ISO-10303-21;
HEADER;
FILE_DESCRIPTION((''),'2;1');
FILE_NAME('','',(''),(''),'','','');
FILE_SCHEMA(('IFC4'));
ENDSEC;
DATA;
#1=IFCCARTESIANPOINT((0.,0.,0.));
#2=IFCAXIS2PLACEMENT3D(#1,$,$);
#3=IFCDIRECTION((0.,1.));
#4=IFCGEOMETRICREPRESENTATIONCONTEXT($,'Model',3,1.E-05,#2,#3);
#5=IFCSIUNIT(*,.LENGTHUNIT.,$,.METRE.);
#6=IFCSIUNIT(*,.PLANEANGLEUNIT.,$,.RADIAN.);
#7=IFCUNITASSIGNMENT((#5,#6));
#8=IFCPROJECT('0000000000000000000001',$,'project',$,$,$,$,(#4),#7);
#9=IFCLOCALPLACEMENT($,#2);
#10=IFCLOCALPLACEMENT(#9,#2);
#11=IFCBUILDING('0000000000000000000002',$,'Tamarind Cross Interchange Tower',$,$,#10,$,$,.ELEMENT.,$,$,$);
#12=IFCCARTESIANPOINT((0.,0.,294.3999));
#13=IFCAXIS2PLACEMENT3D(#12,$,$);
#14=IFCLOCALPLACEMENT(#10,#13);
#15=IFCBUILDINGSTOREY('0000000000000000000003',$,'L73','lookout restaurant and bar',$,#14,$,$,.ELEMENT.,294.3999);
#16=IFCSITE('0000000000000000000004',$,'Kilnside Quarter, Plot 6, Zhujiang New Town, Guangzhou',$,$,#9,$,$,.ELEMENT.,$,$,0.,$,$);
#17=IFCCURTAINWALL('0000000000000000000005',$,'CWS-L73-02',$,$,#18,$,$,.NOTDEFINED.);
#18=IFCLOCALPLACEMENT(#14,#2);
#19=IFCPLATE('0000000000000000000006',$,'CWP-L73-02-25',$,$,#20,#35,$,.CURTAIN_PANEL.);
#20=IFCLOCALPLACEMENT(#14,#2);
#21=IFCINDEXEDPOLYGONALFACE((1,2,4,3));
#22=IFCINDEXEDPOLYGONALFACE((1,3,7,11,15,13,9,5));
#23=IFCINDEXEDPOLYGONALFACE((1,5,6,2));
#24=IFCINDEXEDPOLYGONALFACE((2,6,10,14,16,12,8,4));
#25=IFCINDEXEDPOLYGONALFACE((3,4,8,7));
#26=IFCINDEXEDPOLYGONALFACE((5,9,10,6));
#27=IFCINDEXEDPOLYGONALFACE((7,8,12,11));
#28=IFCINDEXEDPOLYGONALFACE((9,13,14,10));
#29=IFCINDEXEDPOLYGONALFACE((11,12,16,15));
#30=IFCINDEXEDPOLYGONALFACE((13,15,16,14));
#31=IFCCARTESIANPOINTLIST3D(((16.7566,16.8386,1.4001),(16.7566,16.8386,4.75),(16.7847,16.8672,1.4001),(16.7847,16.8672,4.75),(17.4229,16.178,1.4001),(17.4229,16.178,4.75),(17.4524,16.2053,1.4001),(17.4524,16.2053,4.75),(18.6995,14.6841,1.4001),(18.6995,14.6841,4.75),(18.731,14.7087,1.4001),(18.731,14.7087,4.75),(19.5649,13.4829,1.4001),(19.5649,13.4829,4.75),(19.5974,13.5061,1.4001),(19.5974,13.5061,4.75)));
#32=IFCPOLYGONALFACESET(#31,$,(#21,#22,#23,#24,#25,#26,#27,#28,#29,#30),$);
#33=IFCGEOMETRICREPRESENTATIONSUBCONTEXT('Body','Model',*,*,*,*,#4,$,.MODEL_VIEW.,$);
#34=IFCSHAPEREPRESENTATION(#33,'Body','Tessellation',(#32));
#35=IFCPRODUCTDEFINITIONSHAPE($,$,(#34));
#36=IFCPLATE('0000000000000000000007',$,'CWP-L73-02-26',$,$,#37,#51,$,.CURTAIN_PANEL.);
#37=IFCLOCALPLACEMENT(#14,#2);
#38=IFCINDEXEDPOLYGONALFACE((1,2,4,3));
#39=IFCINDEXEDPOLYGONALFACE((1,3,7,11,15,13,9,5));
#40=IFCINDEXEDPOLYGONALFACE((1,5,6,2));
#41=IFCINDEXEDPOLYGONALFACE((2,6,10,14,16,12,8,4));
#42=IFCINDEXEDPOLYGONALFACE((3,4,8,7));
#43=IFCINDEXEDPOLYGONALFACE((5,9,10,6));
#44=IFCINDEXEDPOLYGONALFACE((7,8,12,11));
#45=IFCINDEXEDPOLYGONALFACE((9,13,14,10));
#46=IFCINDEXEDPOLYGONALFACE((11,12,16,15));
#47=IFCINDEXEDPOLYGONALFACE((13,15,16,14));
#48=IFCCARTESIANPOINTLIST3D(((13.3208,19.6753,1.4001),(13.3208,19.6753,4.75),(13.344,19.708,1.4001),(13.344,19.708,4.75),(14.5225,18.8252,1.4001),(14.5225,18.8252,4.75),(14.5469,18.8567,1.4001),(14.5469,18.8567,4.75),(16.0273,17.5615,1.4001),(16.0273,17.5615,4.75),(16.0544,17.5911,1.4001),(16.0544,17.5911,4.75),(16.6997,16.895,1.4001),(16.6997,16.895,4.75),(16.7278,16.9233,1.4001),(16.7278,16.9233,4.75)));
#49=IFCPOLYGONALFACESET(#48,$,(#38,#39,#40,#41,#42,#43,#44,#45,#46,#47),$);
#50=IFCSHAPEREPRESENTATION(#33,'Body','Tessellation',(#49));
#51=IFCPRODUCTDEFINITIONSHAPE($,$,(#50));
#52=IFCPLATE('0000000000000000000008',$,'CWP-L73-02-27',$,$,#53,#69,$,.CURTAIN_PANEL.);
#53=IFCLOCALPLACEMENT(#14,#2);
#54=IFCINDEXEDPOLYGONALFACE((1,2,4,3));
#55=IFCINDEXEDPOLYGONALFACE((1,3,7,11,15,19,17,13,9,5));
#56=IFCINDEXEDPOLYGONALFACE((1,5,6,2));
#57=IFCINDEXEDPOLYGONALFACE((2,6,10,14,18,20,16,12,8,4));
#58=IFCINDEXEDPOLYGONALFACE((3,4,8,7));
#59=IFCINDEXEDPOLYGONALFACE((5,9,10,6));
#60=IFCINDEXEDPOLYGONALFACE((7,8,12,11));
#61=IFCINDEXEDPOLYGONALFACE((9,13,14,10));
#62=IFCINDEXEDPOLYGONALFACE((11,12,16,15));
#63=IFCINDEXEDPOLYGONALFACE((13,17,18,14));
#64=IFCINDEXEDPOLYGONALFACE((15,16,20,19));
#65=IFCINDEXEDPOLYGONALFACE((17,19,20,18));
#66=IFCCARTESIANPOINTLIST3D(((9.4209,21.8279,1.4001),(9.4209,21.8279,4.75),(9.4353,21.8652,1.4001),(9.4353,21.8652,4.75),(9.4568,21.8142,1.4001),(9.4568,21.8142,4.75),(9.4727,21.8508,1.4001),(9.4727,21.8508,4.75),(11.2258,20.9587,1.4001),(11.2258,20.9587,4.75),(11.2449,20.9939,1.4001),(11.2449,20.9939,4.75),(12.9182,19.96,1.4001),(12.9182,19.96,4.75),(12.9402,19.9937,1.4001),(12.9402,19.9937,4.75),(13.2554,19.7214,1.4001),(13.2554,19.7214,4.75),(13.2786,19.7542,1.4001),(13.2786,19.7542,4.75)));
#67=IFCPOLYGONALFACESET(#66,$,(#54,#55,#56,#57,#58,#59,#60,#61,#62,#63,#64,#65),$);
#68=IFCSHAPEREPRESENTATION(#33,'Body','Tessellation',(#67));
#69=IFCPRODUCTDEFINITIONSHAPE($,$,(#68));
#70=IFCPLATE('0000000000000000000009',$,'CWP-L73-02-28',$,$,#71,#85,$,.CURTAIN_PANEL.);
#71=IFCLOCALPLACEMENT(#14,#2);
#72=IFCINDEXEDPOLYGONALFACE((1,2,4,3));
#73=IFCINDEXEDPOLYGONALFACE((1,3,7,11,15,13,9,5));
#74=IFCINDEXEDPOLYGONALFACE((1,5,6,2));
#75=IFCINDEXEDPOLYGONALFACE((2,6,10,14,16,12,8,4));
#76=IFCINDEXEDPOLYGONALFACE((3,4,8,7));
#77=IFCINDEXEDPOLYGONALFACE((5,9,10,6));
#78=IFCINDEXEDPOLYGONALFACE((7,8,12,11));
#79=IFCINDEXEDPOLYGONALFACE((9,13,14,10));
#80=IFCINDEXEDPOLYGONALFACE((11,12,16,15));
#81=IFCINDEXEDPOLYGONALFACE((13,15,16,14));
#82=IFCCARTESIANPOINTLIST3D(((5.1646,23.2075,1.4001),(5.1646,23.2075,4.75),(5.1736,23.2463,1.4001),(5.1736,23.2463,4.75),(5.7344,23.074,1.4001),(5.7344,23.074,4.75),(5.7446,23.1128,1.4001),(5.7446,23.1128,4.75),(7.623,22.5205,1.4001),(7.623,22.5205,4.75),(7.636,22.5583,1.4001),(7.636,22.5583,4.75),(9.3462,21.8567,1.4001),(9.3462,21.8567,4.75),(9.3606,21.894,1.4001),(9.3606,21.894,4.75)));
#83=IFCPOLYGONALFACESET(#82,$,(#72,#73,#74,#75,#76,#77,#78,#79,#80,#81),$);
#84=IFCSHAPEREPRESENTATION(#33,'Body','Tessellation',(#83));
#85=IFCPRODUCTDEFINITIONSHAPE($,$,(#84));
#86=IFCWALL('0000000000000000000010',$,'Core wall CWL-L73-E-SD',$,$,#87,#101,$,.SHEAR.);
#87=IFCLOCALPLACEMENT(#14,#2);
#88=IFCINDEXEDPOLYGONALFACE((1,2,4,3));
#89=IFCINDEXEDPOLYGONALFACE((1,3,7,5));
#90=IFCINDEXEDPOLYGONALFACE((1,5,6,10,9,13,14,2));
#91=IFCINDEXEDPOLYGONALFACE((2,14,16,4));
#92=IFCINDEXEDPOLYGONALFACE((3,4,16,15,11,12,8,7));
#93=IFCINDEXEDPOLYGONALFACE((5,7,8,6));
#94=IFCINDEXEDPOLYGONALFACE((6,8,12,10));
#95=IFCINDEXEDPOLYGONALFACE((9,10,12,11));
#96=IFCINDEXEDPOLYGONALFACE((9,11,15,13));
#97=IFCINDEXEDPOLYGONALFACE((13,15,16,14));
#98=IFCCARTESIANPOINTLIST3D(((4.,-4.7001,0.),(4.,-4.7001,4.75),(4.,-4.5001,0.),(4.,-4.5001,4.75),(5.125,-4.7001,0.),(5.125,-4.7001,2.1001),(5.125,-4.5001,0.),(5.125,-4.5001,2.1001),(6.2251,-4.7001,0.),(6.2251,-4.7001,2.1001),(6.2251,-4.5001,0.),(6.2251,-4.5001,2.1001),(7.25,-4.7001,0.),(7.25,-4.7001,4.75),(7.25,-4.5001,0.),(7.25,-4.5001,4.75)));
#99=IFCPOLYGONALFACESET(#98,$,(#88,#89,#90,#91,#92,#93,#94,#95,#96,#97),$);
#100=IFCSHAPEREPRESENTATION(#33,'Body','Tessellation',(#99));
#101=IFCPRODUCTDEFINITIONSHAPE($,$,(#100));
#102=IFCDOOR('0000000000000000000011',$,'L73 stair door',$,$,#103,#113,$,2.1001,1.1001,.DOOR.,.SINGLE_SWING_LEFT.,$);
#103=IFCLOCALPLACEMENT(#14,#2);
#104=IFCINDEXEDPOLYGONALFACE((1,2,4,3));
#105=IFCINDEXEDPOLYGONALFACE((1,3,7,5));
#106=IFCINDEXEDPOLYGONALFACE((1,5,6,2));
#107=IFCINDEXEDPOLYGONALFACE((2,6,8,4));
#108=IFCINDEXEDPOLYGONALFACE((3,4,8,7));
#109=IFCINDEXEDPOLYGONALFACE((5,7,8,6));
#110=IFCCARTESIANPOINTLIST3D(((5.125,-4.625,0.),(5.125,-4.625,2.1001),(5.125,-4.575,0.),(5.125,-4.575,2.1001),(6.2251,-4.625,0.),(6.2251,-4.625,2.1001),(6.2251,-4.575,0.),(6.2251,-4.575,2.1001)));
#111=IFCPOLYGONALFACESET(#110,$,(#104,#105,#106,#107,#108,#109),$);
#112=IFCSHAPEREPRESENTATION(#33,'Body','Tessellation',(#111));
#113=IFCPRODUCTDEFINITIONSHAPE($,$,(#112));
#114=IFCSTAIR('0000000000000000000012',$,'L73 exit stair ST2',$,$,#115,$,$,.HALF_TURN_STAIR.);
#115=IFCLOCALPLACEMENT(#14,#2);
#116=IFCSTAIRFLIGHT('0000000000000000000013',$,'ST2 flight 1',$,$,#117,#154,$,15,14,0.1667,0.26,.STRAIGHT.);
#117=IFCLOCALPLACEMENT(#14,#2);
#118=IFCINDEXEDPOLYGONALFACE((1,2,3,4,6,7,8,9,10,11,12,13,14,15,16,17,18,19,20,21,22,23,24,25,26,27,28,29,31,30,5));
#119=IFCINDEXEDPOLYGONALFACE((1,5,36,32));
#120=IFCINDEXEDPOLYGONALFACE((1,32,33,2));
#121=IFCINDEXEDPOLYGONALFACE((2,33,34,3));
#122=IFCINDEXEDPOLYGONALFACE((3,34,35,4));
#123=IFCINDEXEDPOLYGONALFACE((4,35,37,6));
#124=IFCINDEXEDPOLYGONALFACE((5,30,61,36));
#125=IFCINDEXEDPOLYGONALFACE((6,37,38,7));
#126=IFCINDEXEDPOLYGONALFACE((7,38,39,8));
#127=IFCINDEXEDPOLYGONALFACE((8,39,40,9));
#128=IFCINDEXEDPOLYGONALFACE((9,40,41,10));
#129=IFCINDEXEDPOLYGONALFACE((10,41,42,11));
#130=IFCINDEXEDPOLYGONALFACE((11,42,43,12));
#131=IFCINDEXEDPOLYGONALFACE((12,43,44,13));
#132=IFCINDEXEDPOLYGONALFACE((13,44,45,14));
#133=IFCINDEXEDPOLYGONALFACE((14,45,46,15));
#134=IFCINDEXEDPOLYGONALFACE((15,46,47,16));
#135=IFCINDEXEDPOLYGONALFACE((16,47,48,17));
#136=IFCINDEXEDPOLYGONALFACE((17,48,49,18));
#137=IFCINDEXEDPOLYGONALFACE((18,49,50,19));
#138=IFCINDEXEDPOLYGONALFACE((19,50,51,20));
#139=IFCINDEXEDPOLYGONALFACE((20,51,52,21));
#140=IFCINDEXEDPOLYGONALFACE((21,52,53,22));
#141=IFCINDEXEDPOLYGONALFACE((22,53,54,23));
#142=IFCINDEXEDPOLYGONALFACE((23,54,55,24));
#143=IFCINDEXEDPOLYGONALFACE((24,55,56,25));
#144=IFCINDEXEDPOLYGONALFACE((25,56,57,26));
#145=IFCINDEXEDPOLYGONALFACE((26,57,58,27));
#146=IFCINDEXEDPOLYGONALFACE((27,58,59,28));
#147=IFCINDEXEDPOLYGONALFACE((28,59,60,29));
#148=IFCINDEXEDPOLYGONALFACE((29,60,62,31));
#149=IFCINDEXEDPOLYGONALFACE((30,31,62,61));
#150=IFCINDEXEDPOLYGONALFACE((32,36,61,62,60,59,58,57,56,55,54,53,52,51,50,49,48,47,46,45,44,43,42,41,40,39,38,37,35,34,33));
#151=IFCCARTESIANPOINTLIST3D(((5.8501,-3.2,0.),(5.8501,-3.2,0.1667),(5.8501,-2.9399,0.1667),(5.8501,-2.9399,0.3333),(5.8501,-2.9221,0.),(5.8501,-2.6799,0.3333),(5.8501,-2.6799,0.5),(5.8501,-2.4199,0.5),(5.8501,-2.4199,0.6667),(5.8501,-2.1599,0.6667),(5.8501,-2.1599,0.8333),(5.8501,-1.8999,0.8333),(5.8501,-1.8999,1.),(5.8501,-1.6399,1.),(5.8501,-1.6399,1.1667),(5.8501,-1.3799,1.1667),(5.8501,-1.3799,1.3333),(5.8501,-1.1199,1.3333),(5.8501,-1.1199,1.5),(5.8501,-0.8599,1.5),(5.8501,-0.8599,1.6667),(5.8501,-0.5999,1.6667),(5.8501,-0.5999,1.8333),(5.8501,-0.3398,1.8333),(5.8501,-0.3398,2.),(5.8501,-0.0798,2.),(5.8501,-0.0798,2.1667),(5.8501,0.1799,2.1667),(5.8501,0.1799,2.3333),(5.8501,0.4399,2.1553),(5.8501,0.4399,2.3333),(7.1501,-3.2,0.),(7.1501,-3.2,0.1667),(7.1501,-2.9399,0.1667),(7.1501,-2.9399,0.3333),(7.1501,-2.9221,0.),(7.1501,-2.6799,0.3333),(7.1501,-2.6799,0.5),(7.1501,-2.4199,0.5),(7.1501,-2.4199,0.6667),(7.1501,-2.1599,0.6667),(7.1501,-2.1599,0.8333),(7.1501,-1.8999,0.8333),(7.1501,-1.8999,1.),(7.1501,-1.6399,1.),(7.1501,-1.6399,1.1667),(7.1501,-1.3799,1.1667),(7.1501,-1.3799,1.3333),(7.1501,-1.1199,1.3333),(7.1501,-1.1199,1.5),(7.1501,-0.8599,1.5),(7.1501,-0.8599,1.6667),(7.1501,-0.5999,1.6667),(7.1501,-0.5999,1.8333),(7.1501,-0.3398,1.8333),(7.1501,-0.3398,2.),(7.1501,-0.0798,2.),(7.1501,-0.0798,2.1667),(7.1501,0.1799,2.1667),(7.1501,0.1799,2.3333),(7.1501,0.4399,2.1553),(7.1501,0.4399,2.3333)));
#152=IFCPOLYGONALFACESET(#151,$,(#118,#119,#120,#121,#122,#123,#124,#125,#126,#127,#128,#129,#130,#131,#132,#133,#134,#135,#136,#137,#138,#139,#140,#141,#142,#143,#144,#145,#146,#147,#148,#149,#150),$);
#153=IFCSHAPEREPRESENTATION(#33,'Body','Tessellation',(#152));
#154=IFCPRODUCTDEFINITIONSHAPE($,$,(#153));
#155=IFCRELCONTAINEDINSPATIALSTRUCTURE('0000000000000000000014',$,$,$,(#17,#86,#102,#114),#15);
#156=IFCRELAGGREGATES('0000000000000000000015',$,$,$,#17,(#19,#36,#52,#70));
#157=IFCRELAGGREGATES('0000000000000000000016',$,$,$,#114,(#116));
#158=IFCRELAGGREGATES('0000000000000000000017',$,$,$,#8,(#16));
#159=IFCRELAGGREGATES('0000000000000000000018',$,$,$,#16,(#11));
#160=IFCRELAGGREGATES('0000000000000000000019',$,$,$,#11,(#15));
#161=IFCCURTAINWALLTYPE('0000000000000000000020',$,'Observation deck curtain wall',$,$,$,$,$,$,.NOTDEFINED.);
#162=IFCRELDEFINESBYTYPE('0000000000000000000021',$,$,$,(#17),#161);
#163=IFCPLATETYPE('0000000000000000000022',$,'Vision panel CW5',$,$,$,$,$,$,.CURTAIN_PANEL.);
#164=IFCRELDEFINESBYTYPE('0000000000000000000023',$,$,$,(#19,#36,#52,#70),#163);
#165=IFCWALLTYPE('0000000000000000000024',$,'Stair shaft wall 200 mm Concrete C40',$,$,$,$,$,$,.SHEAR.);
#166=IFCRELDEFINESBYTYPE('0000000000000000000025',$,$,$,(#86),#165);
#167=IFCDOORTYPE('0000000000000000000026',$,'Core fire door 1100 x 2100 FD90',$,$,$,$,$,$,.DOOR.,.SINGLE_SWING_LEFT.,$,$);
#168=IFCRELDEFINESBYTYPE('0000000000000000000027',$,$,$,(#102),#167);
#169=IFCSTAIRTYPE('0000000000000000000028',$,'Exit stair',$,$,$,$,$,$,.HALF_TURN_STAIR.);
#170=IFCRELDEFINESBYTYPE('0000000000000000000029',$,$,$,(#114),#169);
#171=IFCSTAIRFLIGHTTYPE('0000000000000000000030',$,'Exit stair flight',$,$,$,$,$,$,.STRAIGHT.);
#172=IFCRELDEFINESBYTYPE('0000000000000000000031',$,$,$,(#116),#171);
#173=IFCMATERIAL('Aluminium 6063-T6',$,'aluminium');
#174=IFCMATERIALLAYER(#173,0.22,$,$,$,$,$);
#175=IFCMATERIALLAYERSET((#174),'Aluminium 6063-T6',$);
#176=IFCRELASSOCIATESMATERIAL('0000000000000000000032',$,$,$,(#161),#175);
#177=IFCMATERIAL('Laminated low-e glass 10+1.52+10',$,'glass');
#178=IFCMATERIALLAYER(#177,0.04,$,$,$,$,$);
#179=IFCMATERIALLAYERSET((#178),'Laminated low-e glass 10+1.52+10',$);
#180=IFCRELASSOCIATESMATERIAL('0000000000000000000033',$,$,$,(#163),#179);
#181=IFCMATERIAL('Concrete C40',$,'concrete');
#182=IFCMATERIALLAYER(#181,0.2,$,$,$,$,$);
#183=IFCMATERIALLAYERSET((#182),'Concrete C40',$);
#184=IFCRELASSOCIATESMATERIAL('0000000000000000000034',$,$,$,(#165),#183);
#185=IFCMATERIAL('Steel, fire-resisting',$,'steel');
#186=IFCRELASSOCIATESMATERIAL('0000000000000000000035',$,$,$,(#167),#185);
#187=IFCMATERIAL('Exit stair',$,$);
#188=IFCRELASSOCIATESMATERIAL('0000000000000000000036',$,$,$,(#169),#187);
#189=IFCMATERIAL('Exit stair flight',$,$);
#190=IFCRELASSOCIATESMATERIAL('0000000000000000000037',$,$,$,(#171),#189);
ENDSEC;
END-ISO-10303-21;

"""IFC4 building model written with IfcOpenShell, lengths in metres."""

from ifc_helpers import new_model, si_unit, direction, frame, frame_2d, origin, place, context, subcontext, project, spatial, polyline, rectangle, outline, extrude, material, layer, layer_set, type_object, element, fill, aggregate, save


model = new_model("IFC4")

# Units and contexts
model_context = context("Model", 3, precision=1e-05, world=origin(), true_north=direction((0.0, 1.0)))
body_context = subcontext(model_context, "Body", "Model", "MODEL_VIEW")
ifc_project = project(units=[si_unit("LENGTHUNIT", "METRE"), si_unit("PLANEANGLEUNIT", "RADIAN")], contexts=[model_context])

# Site, building, storey
site_placement = place(None, origin())
site = spatial("IfcSite", under=ifc_project, at=site_placement, Name="Kilnside Quarter, Plot 6, Zhujiang New Town, Guangzhou", CompositionType="ELEMENT", RefElevation=0.0)
building_placement = place(site_placement, origin())
building = spatial("IfcBuilding", under=site, at=building_placement, Name="Tamarind Cross Interchange Tower", CompositionType="ELEMENT")
storey_placement = place(building_placement, frame((0.0, 0.0, 294.3999)))
storey = spatial("IfcBuildingStorey", under=building, at=storey_placement, Name="L73", Description="lookout restaurant and bar", CompositionType="ELEMENT", Elevation=294.3999)

# Curtain wall, plates
ifc_material_1 = material(Name="Aluminium 6063-T6", Category="aluminium")
ifc_layer_1 = layer(ifc_material_1, 0.22)
ifc_layer_set_1 = layer_set([ifc_layer_1], Name="Aluminium 6063-T6")
curtain_wall_type = type_object("IfcCurtainWallType", Name="Observation deck curtain wall", PredefinedType="NOTDEFINED", material=ifc_layer_set_1)
curtain_wall_placement = place(storey_placement, origin())
curtain_wall = element("IfcCurtainWall", 1, at=curtain_wall_placement, inside=storey, type_object=curtain_wall_type, Name="CWS-L73-02", PredefinedType="NOTDEFINED")
ifc_material_2 = material(Name="Laminated low-e glass 10+1.52+10", Category="glass")
ifc_layer_2 = layer(ifc_material_2, 0.04)
ifc_layer_set_2 = layer_set([ifc_layer_2], Name="Laminated low-e glass 10+1.52+10")
plate_type = type_object("IfcPlateType", Name="Vision panel CW5", PredefinedType="CURTAIN_PANEL", material=ifc_layer_set_2)
plate_1_placement = place(storey_placement, frame((0.0, 0.0, 1.4001)))
plate_1 = element("IfcPlate", 2, at=plate_1_placement, type_object=plate_type, Name="CWP-L73-02-25", PredefinedType="CURTAIN_PANEL", context=body_context, shape_type="SweptSolid", body=[
    extrude(outline(polyline([(19.5649, 13.4829), (18.6995, 14.6841), (17.4229, 16.178), (16.7566, 16.8386), (16.7847, 16.8672), (17.4524, 16.2053), (18.731, 14.7087), (19.5974, 13.5061), (19.5649, 13.4829)])), origin(), (0.0, 0.0, 1.0), 3.3499),
])
plate_2_placement = place(storey_placement, frame((0.0, 0.0, 1.4001)))
plate_2 = element("IfcPlate", 3, at=plate_2_placement, type_object=plate_type, Name="CWP-L73-02-26", PredefinedType="CURTAIN_PANEL", context=body_context, shape_type="SweptSolid", body=[
    extrude(outline(polyline([(16.6997, 16.895), (16.0273, 17.5615), (14.5225, 18.8252), (13.3208, 19.6753), (13.344, 19.708), (14.5469, 18.8567), (16.0544, 17.5911), (16.7278, 16.9233), (16.6997, 16.895)])), origin(), (0.0, 0.0, 1.0), 3.3499),
])
plate_3_placement = place(storey_placement, frame((0.0, 0.0, 1.4001)))
plate_3 = element("IfcPlate", 4, at=plate_3_placement, type_object=plate_type, Name="CWP-L73-02-27", PredefinedType="CURTAIN_PANEL", context=body_context, shape_type="SweptSolid", body=[
    extrude(outline(polyline([(13.2554, 19.7214), (12.9182, 19.96), (11.2258, 20.9587), (9.4568, 21.8142), (9.4209, 21.8279), (9.4353, 21.8652), (9.4727, 21.8508), (11.2449, 20.9939), (12.9402, 19.9937), (13.2786, 19.7542), (13.2554, 19.7214)])), origin(), (0.0, 0.0, 1.0), 3.3499),
])
plate_4_placement = place(storey_placement, frame((0.0, 0.0, 1.4001)))
plate_4 = element("IfcPlate", 5, at=plate_4_placement, type_object=plate_type, Name="CWP-L73-02-28", PredefinedType="CURTAIN_PANEL", context=body_context, shape_type="SweptSolid", body=[
    extrude(outline(polyline([(9.3462, 21.8567), (7.623, 22.5205), (5.7344, 23.074), (5.1646, 23.2075), (5.1736, 23.2463), (5.7446, 23.1128), (7.636, 22.5583), (9.3606, 21.894), (9.3462, 21.8567)])), origin(), (0.0, 0.0, 1.0), 3.3499),
])
aggregate(curtain_wall, [plate_1, plate_2, plate_3, plate_4])

# Wall, opening, door
ifc_material_3 = material(Name="Concrete C40", Category="concrete")
ifc_layer_3 = layer(ifc_material_3, 0.2)
ifc_layer_set_3 = layer_set([ifc_layer_3], Name="Concrete C40")
wall_type = type_object("IfcWallType", Name="Stair shaft wall 200 mm Concrete C40", PredefinedType="SHEAR", material=ifc_layer_set_3)
wall_placement = place(storey_placement, frame((7.25, -4.6001, 0.0), z_axis=(0.0, 0.0, 1.0), x_axis=(-1.0, 0.0, 0.0)))
wall = element("IfcWall", 6, at=wall_placement, inside=storey, type_object=wall_type, Name="Core wall CWL-L73-E-SD", PredefinedType="SHEAR", context=body_context, shape_type="SweptSolid", body=[
    extrude(rectangle(XDim=3.25, YDim=0.2, at=frame_2d((1.625, 0.0))), origin(), (0.0, 0.0, 1.0), 4.75),
])
opening_placement = place(wall_placement, frame((1.0249, 0.0, 0.0)))
opening = element("IfcOpeningElement", 7, at=opening_placement, cuts=wall, PredefinedType="OPENING", context=body_context, shape_type="SweptSolid", body=[
    extrude(rectangle(XDim=1.1001, YDim=2.1001, at=frame_2d((0.55, 1.05))), frame((0.0, 0.1099, 0.0), z_axis=(0.0, -1.0, 0.0), x_axis=(1.0, 0.0, 0.0)), (0.0, 0.0, 1.0), 0.22),
])
ifc_material_4 = material(Name="Steel, fire-resisting", Category="steel")
door_type = type_object("IfcDoorType", Name="Core fire door 1100 x 2100 FD90", OperationType="SINGLE_SWING_LEFT", PredefinedType="DOOR", material=ifc_material_4)
door_placement = place(opening_placement, origin())
door = element("IfcDoor", 8, at=door_placement, inside=storey, type_object=door_type, Name="L73 stair door", OperationType="SINGLE_SWING_LEFT", OverallHeight=2.1001, OverallWidth=1.1001, PredefinedType="DOOR", context=body_context, shape_type="SweptSolid", body=[
    extrude(rectangle(XDim=1.1001, YDim=2.1001, at=frame_2d((0.55, 1.05))), frame((0.0, 0.0249, 0.0), z_axis=(0.0, -1.0, 0.0), x_axis=(1.0, 0.0, 0.0)), (0.0, 0.0, 1.0), 0.05),
])
fill(opening, door)

# Stair, stair flight
ifc_material_5 = material(Name="Exit stair")
stair_type = type_object("IfcStairType", Name="Exit stair", PredefinedType="HALF_TURN_STAIR", material=ifc_material_5)
stair_placement = place(storey_placement, origin())
stair = element("IfcStair", 9, at=stair_placement, inside=storey, type_object=stair_type, Name="L73 exit stair ST2", PredefinedType="HALF_TURN_STAIR")
ifc_material_6 = material(Name="Exit stair flight")
stair_flight_type = type_object("IfcStairFlightType", Name="Exit stair flight", PredefinedType="STRAIGHT", material=ifc_material_6)
stair_flight_placement = place(storey_placement, frame((6.5, -3.2, 0.0), z_axis=(0.0, 0.0, 1.0), x_axis=(0.0, 1.0, 0.0)))
stair_flight = element("IfcStairFlight", 10, at=stair_flight_placement, type_object=stair_flight_type, Name="ST2 flight 1", NumberOfRisers=15, NumberOfTreads=14, PredefinedType="STRAIGHT", RiserHeight=0.1667, TreadLength=0.26, context=body_context, shape_type="SweptSolid", body=[
    extrude(outline(polyline([(0.0, 0.0), (0.0, 0.1667), (0.26, 0.1667), (0.26, 0.3333), (0.52, 0.3333), (0.52, 0.5), (0.78, 0.5), (0.78, 0.6667), (1.04, 0.6667), (1.04, 0.8333), (1.3, 0.8333), (1.3, 1.0), (1.5601, 1.0), (1.5601, 1.1667), (1.8201, 1.1667), (1.8201, 1.3333), (2.0801, 1.3333), (2.0801, 1.5), (2.3401, 1.5), (2.3401, 1.6667), (2.6001, 1.6667), (2.6001, 1.8333), (2.8601, 1.8333), (2.8601, 2.0), (3.1201, 2.0), (3.1201, 2.1667), (3.3799, 2.1667), (3.3799, 2.3333), (3.6399, 2.3333), (3.6399, 2.5), (3.6399, 2.1553), (0.2778, 0.0), (0.0, 0.0)])), frame((0.0, 0.6499, 0.0), z_axis=(0.0, -1.0, 0.0), x_axis=(1.0, 0.0, 0.0)), (0.0, 0.0, 1.0), 1.3),
])
aggregate(stair, [stair_flight])

save(model, "model.ifc")
